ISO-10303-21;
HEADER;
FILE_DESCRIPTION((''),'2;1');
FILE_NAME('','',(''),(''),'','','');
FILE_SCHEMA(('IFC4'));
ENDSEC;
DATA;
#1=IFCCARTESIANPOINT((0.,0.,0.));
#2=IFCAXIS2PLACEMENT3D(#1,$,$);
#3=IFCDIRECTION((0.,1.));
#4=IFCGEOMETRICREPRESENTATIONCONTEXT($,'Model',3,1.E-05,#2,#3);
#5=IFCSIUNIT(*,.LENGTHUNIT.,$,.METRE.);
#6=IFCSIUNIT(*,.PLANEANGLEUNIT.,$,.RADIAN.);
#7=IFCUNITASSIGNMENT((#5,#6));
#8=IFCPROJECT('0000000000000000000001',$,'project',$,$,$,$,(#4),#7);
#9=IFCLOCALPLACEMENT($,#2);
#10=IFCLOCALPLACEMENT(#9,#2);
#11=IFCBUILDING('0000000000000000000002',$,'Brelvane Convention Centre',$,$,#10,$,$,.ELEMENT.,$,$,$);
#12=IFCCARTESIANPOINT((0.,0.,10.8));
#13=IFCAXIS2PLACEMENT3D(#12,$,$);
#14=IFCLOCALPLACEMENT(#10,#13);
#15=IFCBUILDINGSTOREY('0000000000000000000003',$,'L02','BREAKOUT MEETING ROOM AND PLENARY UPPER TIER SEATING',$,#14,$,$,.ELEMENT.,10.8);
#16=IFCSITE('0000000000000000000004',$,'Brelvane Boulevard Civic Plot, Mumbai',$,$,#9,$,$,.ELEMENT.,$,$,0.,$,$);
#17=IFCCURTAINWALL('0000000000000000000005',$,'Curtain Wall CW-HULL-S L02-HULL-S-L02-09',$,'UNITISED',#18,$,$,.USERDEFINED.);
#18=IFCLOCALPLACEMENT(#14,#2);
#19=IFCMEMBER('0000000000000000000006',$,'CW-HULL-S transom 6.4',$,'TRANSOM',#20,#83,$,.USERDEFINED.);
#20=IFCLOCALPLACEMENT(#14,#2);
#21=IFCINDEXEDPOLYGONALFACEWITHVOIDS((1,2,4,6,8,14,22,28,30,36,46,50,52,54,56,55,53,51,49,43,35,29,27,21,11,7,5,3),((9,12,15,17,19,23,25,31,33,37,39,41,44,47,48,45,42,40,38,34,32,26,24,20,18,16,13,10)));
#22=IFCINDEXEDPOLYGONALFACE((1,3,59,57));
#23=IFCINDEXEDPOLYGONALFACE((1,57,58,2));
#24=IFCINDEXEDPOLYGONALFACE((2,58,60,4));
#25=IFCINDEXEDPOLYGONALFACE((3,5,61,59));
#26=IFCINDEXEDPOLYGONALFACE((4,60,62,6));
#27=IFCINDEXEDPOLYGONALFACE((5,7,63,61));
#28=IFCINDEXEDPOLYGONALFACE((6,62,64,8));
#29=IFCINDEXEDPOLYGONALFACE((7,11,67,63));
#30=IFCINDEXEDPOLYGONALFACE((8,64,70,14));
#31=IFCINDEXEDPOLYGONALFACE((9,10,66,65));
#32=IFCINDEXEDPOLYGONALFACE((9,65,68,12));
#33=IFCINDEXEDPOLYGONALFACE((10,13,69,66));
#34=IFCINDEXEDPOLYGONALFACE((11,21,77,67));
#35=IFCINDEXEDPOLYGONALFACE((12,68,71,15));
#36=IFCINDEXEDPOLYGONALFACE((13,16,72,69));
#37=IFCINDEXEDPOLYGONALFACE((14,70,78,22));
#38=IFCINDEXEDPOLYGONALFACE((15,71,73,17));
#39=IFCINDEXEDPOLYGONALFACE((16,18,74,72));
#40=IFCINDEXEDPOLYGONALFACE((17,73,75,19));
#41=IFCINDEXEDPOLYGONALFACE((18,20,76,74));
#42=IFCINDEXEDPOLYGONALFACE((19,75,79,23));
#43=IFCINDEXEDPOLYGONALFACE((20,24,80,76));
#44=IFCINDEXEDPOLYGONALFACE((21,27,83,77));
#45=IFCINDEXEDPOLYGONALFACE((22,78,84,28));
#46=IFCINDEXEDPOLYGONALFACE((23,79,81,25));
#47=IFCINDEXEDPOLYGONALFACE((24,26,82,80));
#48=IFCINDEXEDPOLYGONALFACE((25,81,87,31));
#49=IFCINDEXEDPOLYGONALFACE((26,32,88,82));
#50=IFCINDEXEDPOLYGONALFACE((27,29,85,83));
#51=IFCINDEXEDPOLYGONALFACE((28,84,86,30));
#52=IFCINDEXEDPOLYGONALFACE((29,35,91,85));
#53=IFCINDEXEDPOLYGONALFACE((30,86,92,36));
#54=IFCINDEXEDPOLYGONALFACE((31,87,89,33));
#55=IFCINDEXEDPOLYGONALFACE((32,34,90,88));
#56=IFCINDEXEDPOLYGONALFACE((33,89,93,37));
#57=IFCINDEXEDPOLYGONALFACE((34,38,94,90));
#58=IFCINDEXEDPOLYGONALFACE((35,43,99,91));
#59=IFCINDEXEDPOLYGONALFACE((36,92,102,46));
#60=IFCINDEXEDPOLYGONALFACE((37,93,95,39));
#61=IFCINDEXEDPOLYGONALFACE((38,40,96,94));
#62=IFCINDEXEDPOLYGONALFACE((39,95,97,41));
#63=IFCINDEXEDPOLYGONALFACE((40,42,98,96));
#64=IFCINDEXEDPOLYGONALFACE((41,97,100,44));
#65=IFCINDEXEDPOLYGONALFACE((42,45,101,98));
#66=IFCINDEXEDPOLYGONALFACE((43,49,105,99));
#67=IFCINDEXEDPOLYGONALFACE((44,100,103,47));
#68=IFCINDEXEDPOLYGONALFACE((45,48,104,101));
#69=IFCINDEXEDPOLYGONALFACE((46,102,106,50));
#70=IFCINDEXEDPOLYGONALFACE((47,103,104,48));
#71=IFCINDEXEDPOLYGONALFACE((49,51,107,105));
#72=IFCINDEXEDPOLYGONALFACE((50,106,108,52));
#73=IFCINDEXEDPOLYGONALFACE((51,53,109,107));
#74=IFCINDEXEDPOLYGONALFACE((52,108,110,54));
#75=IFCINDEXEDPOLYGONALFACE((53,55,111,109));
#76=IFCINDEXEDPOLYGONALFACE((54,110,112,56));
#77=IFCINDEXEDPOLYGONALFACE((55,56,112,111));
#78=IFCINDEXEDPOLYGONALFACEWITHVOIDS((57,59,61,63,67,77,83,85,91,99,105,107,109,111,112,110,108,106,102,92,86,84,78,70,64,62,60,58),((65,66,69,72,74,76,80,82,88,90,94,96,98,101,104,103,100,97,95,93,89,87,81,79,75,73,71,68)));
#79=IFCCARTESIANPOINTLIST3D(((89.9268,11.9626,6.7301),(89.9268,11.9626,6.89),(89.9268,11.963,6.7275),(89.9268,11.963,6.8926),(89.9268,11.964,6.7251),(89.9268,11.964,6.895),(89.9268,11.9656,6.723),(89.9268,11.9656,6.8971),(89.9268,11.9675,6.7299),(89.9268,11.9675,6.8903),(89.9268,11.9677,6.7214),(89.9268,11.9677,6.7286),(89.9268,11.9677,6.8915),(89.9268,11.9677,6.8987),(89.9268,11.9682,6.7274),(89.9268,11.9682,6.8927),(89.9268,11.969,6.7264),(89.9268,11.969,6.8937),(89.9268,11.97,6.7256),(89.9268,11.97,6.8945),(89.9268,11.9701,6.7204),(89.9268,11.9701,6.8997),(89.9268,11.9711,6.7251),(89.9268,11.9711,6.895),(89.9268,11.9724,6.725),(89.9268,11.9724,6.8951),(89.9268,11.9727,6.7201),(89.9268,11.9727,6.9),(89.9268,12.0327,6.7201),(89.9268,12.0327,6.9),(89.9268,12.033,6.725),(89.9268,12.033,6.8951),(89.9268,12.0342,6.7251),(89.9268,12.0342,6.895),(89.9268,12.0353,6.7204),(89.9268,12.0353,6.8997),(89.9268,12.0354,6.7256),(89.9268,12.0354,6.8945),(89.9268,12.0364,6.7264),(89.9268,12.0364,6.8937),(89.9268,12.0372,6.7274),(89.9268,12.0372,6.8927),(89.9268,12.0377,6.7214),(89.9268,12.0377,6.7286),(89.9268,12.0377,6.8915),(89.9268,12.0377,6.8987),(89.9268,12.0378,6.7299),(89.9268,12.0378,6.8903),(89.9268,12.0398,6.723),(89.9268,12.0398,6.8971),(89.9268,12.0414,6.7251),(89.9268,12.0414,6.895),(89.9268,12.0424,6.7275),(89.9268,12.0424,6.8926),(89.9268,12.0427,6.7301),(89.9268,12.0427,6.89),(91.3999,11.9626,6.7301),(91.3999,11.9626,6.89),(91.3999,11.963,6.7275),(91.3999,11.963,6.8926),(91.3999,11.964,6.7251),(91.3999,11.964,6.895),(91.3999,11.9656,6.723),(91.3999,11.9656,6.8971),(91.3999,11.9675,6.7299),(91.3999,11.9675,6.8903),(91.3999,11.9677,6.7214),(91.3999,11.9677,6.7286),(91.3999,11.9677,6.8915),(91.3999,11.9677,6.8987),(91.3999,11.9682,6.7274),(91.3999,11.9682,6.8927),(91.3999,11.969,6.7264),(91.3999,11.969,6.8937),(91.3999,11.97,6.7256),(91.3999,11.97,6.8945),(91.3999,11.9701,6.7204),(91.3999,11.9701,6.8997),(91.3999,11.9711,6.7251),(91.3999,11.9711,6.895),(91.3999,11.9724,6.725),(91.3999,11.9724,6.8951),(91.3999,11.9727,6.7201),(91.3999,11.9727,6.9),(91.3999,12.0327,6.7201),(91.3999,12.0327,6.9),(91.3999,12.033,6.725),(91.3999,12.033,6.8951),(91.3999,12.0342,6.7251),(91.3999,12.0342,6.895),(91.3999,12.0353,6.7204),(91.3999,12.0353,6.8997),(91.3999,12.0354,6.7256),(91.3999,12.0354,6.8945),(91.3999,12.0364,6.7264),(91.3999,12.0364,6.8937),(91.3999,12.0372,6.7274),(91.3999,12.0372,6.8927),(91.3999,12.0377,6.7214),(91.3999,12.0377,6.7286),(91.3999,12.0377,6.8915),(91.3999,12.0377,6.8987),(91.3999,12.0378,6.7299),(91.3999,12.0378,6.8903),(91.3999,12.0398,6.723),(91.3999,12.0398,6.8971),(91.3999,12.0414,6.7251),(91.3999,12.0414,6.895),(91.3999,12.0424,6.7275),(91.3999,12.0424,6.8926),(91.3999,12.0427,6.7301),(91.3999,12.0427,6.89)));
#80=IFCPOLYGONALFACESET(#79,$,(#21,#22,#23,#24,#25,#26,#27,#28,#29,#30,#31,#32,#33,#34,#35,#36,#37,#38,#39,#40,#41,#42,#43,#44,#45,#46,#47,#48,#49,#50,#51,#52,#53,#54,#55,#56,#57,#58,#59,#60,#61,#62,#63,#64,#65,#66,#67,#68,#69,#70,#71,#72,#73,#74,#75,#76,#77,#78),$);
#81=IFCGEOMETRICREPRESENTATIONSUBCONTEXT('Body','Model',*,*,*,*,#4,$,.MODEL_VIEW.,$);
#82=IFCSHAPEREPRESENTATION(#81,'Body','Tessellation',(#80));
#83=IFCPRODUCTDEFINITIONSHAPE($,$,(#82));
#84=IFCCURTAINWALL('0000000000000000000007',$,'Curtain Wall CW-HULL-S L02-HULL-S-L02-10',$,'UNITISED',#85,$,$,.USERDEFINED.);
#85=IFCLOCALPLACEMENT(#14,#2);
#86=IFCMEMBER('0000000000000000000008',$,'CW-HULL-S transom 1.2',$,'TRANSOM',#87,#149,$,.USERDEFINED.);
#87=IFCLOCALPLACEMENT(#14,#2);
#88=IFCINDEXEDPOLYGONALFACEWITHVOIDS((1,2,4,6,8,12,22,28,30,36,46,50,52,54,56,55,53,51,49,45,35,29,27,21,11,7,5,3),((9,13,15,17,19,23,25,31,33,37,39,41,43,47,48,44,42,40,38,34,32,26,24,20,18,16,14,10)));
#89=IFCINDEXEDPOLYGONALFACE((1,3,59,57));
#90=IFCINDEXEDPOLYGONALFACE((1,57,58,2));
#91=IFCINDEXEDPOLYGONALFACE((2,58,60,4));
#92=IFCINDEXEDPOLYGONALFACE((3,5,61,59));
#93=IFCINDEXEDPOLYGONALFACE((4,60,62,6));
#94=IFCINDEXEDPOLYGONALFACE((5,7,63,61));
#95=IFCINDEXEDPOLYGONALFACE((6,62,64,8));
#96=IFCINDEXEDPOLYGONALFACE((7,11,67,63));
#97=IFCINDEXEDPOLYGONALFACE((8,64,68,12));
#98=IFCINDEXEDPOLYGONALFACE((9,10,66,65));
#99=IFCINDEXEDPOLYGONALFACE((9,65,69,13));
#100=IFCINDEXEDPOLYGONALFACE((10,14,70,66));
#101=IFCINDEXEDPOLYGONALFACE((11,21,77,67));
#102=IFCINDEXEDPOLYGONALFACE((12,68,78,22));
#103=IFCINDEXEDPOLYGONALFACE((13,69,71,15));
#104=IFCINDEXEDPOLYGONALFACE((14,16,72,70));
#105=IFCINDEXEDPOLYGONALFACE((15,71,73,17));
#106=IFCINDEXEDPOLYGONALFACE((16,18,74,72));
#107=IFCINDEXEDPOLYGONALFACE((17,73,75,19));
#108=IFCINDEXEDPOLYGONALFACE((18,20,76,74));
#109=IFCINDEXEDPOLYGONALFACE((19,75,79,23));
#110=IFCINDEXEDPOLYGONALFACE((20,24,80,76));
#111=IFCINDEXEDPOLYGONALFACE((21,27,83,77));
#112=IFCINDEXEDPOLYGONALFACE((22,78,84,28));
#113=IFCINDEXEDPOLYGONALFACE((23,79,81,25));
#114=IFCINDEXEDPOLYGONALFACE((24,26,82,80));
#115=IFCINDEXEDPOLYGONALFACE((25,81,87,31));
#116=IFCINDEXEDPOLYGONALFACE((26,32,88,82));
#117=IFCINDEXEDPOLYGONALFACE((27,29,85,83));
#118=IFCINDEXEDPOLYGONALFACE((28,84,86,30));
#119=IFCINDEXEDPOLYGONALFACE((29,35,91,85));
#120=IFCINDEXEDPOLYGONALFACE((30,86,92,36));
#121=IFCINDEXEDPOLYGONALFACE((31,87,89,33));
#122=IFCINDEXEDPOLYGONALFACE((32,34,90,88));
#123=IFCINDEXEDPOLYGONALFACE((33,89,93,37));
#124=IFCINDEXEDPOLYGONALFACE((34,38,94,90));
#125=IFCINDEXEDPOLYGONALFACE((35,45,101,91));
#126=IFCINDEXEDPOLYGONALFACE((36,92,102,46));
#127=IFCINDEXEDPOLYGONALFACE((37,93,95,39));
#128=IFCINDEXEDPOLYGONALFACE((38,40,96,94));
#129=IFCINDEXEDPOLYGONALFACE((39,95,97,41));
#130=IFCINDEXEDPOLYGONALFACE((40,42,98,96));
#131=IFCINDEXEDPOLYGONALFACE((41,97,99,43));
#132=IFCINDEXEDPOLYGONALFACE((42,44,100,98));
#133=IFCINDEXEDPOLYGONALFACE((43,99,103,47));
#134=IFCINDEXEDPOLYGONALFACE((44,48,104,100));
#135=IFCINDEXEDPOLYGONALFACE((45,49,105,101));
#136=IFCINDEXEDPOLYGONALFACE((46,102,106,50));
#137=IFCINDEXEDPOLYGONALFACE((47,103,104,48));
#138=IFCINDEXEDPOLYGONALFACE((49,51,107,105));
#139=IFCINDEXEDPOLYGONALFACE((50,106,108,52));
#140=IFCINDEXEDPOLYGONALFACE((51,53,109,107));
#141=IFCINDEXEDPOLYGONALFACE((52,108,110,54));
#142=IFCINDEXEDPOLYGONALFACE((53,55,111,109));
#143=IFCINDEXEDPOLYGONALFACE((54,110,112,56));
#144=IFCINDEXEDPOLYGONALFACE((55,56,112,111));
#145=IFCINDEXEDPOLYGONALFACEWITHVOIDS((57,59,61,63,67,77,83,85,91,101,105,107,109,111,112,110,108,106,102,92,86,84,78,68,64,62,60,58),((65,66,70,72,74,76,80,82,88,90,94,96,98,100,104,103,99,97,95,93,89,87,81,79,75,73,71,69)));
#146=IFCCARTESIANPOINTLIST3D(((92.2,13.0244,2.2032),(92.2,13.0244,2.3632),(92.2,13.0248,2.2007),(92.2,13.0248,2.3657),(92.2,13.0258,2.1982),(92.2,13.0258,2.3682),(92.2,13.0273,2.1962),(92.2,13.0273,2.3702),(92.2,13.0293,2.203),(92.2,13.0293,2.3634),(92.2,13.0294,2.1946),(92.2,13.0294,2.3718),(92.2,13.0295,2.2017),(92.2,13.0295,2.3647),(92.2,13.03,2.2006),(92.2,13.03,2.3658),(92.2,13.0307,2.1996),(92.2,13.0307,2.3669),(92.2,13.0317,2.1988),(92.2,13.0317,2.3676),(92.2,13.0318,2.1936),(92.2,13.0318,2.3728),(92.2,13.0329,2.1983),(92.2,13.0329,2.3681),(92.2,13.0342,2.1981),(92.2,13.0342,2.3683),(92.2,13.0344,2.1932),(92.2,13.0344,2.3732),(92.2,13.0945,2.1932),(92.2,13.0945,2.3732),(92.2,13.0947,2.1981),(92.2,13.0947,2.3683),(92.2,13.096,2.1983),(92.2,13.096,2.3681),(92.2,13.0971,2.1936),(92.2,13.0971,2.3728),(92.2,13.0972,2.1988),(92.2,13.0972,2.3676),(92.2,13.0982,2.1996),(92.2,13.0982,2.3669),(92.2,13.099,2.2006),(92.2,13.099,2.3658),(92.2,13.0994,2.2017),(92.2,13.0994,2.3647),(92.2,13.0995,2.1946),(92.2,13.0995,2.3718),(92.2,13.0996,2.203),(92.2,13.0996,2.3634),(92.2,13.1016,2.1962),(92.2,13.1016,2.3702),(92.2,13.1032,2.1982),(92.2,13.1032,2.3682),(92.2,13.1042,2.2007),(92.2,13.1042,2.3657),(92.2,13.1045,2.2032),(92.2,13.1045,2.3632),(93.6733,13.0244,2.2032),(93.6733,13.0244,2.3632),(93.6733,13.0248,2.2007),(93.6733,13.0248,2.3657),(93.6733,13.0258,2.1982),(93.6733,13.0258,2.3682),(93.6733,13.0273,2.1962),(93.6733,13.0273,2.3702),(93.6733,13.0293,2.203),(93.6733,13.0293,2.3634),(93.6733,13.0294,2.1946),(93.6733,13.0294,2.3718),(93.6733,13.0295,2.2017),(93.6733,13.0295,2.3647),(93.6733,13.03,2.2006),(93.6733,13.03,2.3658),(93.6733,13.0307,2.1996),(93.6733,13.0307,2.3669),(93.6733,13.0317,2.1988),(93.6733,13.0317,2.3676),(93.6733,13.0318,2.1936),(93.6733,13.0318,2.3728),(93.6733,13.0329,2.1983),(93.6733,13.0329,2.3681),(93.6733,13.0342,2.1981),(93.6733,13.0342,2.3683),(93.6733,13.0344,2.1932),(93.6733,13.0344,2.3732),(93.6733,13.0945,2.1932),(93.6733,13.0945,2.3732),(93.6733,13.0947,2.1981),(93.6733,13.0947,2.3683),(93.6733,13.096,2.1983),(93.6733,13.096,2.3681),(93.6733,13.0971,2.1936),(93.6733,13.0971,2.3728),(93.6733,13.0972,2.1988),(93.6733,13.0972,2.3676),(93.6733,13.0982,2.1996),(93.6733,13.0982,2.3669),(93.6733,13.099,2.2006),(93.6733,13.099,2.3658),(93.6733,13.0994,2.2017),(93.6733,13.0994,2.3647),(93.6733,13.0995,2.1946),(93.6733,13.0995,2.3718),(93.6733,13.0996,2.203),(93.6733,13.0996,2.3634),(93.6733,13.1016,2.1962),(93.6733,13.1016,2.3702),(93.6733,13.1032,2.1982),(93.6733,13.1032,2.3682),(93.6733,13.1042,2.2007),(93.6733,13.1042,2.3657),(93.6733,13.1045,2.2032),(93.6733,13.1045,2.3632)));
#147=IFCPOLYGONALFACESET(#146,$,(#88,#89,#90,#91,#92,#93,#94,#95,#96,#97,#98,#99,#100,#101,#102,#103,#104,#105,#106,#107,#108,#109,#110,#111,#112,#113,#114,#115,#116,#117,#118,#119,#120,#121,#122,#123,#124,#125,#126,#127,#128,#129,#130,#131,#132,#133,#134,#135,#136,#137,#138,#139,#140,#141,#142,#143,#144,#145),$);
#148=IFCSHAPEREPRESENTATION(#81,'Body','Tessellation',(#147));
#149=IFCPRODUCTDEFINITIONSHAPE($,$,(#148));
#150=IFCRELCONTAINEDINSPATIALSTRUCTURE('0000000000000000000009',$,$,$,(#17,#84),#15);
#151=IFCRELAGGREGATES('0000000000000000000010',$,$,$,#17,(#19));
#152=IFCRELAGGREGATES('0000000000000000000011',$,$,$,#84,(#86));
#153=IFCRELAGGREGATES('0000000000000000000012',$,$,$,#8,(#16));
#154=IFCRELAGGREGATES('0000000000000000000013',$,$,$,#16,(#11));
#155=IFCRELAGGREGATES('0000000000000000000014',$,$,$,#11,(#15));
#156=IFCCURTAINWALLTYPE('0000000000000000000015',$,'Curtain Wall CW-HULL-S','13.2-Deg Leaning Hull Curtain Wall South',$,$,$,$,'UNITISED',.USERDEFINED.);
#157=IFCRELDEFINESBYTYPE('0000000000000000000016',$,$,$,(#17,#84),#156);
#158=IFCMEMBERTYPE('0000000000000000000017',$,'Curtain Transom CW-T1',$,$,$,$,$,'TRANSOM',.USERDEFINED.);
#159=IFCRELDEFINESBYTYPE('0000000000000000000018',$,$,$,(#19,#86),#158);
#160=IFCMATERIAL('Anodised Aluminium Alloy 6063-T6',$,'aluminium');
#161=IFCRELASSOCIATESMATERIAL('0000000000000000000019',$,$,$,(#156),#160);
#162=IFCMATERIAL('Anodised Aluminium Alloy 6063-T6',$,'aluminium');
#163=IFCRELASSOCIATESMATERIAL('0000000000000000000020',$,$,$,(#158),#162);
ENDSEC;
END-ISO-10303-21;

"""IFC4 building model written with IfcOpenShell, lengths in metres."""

from ifc_helpers import new_model, si_unit, direction, frame, origin, origin_2d, place, context, subcontext, project, spatial, hollow_rectangle, extrude, material, material_profile, profile_set, type_object, element, aggregate, save


model = new_model("IFC4")

# Units and contexts
model_context = context("Model", 3, precision=1e-05, world=origin(), true_north=direction((0.0, 1.0)))
body_context = subcontext(model_context, "Body", "Model", "MODEL_VIEW")
ifc_project = project(units=[si_unit("LENGTHUNIT", "METRE"), si_unit("PLANEANGLEUNIT", "RADIAN")], contexts=[model_context])

# Site, building, storey
site_placement = place(None, origin())
site = spatial("IfcSite", under=ifc_project, at=site_placement, Name="Brelvane Boulevard Civic Plot, Mumbai", CompositionType="ELEMENT", RefElevation=0.0)
building_placement = place(site_placement, origin())
building = spatial("IfcBuilding", under=site, at=building_placement, Name="Brelvane Convention Centre", CompositionType="ELEMENT")
storey_placement = place(building_placement, frame((0.0, 0.0, 10.8)))
storey = spatial("IfcBuildingStorey", under=building, at=storey_placement, Name="L02", Description="BREAKOUT MEETING ROOM AND PLENARY UPPER TIER SEATING", CompositionType="ELEMENT", Elevation=10.8)

# Curtain walls, members
ifc_material_1 = material(Name="Anodised Aluminium Alloy 6063-T6", Category="aluminium")
curtain_wall_type = type_object("IfcCurtainWallType", Name="Curtain Wall CW-HULL-S", Description="13.2-Deg Leaning Hull Curtain Wall South", ElementType="UNITISED", PredefinedType="USERDEFINED", material=ifc_material_1)
curtain_wall_1_placement = place(storey_placement, origin())
curtain_wall_1 = element("IfcCurtainWall", 1, at=curtain_wall_1_placement, inside=storey, type_object=curtain_wall_type, Name="Curtain Wall CW-HULL-S L02-HULL-S-L02-09", ObjectType="UNITISED", PredefinedType="USERDEFINED")
ifc_material_2 = material(Name="Anodised Aluminium Alloy 6063-T6", Category="aluminium")
ifc_material_profile = material_profile(ifc_material_2, hollow_rectangle(XDim=0.0801, YDim=0.1799, WallThickness=0.0049, InnerFilletRadius=0.0049, OuterFilletRadius=0.01, at=origin_2d()), Name="ALU-T 180x80x5.0")
ifc_profile_set = profile_set([ifc_material_profile], Name="Anodised Aluminium Alloy 6063-T6")
member_type = type_object("IfcMemberType", Name="Curtain Transom CW-T1", ElementType="TRANSOM", PredefinedType="USERDEFINED", material=ifc_profile_set)
member_1_placement = place(storey_placement, frame((89.9268, 12.0027, 6.8101), z_axis=(1.0, 0.0, 0.0), x_axis=(0.0, 1.0, 0.0)))
member_1 = element("IfcMember", 2, at=member_1_placement, type_object=member_type, Name="CW-HULL-S transom 6.4", ObjectType="TRANSOM", PredefinedType="USERDEFINED", context=body_context, shape_type="SweptSolid", body=[
    extrude(hollow_rectangle(XDim=0.0801, YDim=0.1799, WallThickness=0.0049, InnerFilletRadius=0.0049, OuterFilletRadius=0.01, at=origin_2d()), origin(), (0.0, 0.0, 1.0), 1.4731),
])
curtain_wall_2_placement = place(storey_placement, origin())
curtain_wall_2 = element("IfcCurtainWall", 3, at=curtain_wall_2_placement, inside=storey, type_object=curtain_wall_type, Name="Curtain Wall CW-HULL-S L02-HULL-S-L02-10", ObjectType="UNITISED", PredefinedType="USERDEFINED")
member_2_placement = place(storey_placement, frame((92.2, 13.0645, 2.2832), z_axis=(1.0, 0.0, 0.0), x_axis=(0.0, 1.0, 0.0)))
member_2 = element("IfcMember", 4, at=member_2_placement, type_object=member_type, Name="CW-HULL-S transom 1.2", ObjectType="TRANSOM", PredefinedType="USERDEFINED", context=body_context, shape_type="SweptSolid", body=[
    extrude(hollow_rectangle(XDim=0.0801, YDim=0.1799, WallThickness=0.0049, InnerFilletRadius=0.0049, OuterFilletRadius=0.01, at=origin_2d()), origin(), (0.0, 0.0, 1.0), 1.4734),
])

aggregate(curtain_wall_1, [member_1])
aggregate(curtain_wall_2, [member_2])

save(model, "model.ifc")
